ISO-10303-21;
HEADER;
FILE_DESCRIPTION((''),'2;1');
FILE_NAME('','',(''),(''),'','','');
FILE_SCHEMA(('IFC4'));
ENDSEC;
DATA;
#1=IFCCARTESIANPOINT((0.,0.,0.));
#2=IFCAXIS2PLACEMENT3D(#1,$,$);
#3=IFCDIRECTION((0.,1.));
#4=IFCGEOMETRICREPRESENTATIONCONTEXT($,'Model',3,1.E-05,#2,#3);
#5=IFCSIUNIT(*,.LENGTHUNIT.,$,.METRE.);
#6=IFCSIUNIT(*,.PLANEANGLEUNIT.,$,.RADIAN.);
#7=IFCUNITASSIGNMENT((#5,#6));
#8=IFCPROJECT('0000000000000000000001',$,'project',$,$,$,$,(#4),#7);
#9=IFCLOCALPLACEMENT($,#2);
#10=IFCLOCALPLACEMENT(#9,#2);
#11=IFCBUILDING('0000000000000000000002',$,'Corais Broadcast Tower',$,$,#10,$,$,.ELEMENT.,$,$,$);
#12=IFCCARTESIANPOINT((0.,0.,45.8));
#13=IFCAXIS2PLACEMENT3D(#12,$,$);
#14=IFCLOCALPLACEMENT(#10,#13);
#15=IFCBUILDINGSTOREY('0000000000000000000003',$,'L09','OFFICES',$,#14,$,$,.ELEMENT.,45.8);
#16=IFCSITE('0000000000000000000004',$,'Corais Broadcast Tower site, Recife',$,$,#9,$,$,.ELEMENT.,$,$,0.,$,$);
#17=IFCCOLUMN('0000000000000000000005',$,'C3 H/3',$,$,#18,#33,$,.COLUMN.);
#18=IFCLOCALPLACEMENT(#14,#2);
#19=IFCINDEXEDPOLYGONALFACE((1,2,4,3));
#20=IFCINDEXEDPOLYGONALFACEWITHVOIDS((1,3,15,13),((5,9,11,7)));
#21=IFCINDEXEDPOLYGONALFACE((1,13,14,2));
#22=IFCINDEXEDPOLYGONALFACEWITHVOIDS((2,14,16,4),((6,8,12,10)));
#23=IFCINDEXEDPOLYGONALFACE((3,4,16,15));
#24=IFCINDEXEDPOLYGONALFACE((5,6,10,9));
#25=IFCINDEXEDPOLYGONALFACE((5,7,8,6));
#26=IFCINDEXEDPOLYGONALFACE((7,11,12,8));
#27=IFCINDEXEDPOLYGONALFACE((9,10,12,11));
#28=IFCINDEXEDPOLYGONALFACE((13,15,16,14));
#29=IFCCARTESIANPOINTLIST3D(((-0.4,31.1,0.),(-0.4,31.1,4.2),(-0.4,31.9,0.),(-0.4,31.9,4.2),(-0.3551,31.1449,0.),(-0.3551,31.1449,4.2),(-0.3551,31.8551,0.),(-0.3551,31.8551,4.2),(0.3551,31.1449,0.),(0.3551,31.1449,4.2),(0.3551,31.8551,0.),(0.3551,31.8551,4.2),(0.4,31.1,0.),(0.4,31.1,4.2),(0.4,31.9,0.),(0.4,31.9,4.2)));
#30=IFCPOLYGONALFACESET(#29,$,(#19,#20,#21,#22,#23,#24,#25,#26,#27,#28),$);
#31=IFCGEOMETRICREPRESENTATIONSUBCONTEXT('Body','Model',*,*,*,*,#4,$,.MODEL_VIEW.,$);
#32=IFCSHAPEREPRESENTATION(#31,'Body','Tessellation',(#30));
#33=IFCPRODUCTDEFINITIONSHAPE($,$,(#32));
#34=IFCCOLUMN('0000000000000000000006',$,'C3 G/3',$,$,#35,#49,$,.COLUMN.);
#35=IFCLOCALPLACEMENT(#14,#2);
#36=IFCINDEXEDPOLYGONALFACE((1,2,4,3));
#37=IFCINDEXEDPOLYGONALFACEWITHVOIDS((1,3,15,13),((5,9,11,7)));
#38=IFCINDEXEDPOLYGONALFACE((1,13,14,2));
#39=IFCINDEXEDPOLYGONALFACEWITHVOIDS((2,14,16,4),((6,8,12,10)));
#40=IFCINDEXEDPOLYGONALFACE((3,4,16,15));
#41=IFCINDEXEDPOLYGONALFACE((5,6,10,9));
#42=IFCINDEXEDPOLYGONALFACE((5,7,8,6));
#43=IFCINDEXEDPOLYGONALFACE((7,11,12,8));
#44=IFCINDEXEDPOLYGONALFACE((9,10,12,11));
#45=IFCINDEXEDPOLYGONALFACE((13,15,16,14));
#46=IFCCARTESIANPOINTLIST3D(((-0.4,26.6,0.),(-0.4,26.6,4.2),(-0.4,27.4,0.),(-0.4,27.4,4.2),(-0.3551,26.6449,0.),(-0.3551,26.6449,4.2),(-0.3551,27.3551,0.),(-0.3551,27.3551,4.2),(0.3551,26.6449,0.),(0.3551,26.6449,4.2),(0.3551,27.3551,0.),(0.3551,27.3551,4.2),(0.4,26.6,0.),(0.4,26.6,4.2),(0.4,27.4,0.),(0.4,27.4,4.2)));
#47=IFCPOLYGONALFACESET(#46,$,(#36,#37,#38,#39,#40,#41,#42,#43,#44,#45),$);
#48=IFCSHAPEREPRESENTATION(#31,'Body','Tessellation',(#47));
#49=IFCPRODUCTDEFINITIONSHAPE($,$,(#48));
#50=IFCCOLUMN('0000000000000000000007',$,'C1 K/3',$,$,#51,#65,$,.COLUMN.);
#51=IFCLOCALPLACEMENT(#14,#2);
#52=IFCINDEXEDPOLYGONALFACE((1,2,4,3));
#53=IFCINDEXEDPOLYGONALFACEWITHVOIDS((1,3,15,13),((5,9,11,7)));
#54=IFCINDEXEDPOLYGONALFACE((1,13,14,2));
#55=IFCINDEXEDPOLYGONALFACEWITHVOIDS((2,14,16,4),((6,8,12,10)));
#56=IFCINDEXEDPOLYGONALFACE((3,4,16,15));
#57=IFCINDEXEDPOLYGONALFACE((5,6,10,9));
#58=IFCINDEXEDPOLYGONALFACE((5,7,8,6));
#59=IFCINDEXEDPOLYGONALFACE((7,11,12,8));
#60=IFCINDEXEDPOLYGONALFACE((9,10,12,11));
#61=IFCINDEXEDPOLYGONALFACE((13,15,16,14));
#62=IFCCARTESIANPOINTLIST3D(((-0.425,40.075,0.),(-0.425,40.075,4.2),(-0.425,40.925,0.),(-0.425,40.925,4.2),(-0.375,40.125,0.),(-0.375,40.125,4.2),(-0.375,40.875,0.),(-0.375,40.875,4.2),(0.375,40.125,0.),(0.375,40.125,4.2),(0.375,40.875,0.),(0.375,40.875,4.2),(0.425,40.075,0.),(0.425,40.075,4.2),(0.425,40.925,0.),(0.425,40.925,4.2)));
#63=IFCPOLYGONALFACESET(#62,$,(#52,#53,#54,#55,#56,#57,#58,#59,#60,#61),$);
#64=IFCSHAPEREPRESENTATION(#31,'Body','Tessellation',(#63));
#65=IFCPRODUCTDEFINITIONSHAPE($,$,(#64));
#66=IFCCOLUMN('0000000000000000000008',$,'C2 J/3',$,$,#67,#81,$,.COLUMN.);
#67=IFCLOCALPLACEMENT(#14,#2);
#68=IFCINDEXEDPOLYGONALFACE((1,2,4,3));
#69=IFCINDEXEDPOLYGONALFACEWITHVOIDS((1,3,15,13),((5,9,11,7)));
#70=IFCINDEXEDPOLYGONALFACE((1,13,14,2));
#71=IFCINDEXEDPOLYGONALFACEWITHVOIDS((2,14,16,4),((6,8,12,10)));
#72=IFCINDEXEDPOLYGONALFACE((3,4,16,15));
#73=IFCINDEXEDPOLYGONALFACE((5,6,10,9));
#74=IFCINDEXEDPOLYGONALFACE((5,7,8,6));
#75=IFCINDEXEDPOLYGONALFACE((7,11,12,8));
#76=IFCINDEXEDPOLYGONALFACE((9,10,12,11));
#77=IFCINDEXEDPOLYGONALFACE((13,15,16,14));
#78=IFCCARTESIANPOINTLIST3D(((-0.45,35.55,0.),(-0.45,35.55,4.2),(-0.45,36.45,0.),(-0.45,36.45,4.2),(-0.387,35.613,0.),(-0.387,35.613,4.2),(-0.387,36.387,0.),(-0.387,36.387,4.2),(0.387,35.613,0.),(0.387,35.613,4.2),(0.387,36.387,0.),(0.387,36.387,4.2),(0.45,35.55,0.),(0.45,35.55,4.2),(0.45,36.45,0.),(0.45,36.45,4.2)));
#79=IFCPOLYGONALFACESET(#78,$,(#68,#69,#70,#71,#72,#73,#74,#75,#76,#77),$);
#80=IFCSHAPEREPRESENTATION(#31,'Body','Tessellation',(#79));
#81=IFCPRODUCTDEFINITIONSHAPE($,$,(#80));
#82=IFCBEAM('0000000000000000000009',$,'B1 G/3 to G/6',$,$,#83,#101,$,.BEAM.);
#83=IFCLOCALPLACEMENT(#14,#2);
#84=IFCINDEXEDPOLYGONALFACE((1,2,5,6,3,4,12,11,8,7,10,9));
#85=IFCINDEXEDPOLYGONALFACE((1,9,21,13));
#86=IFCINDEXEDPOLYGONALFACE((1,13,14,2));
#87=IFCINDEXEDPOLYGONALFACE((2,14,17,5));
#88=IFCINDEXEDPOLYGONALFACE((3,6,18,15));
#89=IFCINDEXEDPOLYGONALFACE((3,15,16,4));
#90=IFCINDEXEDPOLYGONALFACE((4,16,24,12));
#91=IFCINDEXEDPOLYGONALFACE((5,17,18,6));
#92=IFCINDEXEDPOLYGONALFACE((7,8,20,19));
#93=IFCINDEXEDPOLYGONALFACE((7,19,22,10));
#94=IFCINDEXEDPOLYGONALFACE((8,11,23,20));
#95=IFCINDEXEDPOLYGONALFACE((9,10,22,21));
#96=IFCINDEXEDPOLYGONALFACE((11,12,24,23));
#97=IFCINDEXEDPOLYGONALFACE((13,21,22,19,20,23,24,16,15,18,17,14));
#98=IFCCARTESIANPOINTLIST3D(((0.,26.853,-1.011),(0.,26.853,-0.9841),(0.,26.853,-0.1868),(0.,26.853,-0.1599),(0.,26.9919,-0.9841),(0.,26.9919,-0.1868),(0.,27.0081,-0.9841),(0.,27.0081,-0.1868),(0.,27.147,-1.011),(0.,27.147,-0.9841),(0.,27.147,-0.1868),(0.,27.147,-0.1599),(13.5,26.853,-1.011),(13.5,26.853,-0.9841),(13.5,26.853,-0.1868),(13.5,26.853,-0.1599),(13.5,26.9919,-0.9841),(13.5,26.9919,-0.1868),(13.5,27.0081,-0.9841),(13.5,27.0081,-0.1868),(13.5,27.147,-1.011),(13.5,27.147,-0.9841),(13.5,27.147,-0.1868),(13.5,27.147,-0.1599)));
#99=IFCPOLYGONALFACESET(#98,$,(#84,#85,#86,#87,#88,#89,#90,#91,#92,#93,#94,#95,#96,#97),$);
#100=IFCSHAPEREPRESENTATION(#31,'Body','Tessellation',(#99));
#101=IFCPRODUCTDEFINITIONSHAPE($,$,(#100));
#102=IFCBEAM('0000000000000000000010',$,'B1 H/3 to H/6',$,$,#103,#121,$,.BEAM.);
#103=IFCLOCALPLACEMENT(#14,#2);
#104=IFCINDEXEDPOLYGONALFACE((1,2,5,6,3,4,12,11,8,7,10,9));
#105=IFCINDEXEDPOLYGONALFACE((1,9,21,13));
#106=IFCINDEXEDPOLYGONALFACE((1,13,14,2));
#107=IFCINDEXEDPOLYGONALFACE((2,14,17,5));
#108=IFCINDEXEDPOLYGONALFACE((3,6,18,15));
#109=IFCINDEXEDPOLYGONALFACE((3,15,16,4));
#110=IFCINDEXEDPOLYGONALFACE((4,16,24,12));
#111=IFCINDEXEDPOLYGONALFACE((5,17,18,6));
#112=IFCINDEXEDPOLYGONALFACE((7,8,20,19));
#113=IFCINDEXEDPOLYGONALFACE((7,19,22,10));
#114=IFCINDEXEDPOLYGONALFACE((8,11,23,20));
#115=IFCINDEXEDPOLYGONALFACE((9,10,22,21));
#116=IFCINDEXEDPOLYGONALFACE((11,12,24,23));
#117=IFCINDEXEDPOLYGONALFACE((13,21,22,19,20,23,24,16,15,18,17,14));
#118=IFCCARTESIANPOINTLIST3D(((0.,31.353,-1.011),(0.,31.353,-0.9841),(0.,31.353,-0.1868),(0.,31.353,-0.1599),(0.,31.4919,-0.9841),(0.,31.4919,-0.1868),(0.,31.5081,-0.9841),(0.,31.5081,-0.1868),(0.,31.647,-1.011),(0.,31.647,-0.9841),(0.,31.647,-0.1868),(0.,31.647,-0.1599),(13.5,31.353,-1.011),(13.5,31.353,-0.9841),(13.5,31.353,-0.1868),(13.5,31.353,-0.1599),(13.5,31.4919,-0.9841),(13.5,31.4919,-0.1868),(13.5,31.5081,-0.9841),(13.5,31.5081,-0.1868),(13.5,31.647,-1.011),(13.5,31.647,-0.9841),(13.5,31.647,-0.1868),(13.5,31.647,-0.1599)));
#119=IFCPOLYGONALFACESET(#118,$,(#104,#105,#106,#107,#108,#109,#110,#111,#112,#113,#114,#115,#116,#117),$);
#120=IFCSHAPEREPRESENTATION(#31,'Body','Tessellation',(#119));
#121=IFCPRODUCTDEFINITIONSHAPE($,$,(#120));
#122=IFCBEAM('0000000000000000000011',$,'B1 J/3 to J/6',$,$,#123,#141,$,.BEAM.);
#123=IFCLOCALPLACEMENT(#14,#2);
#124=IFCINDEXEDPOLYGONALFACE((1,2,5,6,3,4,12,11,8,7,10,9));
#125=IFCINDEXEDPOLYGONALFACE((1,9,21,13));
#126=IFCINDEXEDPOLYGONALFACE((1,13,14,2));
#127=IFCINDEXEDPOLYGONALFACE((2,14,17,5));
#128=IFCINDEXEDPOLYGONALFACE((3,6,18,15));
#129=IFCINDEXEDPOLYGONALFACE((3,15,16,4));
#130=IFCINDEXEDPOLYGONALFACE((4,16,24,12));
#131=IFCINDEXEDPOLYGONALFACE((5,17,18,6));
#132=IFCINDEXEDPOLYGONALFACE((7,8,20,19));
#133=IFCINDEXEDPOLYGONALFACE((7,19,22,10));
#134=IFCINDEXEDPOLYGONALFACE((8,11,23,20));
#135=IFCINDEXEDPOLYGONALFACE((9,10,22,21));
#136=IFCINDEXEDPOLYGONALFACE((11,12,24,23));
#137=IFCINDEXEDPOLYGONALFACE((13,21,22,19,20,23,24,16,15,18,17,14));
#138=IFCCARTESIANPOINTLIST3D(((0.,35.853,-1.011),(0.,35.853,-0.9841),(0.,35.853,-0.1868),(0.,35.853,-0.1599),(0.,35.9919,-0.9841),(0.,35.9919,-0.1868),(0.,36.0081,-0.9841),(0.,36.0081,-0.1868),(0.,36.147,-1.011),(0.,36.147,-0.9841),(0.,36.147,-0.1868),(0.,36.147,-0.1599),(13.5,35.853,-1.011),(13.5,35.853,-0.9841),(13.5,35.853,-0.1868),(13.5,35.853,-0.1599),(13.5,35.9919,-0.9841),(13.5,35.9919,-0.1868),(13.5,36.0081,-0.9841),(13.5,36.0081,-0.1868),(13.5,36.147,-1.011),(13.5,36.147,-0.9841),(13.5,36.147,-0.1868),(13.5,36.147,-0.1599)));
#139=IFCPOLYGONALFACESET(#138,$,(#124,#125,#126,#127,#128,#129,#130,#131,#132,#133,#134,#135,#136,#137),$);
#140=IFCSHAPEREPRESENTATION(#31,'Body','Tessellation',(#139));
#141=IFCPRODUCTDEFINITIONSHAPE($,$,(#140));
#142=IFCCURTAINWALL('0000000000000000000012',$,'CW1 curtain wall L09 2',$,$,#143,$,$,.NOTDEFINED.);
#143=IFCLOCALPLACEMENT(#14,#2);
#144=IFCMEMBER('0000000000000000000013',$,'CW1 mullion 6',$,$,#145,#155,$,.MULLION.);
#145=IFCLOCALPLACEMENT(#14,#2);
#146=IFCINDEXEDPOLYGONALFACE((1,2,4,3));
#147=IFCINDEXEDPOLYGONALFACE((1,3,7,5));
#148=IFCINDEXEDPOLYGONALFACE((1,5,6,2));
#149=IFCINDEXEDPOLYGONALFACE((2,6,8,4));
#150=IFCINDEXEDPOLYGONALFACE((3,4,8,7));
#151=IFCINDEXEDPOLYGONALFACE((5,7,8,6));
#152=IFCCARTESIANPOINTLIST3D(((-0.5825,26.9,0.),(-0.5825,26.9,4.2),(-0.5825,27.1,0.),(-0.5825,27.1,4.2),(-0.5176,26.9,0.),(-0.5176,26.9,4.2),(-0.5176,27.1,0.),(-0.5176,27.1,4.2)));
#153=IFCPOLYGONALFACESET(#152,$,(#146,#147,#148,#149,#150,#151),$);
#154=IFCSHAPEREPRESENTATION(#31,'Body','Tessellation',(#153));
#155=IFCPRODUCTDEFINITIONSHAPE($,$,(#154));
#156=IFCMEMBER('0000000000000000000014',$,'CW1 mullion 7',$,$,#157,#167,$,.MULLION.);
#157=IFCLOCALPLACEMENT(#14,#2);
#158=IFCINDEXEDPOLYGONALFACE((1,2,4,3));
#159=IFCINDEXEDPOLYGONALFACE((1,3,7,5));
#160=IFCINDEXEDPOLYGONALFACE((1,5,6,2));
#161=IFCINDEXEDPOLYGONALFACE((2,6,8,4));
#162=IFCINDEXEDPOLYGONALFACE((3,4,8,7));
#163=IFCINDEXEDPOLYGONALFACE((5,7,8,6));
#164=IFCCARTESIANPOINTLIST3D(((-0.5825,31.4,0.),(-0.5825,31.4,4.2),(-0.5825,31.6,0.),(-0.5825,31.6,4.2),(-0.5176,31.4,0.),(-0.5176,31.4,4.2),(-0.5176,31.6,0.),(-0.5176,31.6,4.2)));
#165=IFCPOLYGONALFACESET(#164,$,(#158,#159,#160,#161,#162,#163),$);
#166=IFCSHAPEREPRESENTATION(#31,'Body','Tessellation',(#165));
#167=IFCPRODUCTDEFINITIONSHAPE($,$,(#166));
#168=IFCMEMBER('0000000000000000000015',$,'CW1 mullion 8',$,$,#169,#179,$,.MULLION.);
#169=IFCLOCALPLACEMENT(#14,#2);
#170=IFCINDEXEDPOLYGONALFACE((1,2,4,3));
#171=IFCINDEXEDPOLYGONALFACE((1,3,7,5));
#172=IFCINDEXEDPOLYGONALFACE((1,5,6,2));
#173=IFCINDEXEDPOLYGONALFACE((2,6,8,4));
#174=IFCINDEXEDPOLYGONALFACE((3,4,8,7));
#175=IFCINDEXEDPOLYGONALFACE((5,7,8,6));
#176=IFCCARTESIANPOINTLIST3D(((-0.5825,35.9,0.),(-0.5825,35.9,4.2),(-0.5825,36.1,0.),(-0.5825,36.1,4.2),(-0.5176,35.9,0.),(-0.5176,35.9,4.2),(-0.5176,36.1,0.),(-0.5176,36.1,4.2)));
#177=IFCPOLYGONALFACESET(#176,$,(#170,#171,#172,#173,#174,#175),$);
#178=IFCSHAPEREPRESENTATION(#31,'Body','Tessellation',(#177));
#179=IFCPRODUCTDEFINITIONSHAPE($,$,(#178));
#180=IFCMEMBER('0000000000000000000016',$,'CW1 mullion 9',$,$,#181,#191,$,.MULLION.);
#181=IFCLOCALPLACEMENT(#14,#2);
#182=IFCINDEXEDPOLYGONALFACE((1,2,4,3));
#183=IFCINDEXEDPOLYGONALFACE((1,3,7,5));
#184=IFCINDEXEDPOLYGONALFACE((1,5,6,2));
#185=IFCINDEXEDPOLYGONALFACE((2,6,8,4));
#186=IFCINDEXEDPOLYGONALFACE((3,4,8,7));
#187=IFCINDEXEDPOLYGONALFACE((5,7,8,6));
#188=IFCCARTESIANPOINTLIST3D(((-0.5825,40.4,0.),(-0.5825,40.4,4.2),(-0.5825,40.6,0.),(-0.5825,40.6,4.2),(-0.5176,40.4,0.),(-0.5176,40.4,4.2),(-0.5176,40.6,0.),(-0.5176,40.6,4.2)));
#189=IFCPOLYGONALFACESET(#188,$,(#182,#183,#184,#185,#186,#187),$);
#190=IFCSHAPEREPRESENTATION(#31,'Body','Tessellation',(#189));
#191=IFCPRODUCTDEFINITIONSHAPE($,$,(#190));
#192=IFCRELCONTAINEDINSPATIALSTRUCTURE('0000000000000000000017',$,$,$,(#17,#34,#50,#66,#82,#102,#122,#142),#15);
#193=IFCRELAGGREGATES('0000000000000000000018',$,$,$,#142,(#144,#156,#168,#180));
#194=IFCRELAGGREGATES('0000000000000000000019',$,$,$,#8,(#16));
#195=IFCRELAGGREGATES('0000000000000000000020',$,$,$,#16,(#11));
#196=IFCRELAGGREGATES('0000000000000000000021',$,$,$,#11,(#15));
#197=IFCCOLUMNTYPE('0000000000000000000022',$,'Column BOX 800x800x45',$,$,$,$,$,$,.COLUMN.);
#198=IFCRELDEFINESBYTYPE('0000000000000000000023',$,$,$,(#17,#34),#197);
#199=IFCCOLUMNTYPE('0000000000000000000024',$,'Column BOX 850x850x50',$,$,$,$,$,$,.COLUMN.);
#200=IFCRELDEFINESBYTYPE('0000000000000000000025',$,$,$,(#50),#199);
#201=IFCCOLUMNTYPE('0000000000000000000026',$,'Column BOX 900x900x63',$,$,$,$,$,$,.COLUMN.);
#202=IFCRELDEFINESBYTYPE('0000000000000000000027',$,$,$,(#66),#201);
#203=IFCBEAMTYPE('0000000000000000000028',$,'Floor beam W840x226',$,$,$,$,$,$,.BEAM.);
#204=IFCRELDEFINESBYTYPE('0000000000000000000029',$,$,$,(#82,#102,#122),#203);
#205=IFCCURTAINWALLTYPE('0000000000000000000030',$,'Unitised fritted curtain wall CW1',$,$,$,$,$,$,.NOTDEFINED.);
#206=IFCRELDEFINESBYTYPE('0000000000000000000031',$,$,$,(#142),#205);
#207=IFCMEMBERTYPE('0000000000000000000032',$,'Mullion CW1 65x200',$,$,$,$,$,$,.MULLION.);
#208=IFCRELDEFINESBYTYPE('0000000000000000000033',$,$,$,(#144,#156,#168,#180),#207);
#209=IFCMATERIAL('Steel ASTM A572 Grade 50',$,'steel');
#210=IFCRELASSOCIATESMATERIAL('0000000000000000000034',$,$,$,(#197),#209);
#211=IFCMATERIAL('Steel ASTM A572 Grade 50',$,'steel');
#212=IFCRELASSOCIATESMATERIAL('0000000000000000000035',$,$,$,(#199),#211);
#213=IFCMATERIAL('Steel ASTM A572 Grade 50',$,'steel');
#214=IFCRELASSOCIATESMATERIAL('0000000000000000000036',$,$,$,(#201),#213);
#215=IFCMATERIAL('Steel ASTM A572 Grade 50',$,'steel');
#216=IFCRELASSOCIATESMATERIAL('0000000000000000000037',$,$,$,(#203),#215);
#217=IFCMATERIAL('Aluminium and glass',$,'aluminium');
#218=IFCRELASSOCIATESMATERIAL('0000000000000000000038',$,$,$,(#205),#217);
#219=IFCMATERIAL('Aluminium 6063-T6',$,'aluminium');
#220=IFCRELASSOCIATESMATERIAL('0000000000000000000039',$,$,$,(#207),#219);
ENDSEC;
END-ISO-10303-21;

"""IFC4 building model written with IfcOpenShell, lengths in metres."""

from ifc_helpers import new_model, si_unit, direction, frame, origin, origin_2d, place, context, subcontext, project, spatial, rectangle, hollow_rectangle, i_section, extrude, material, material_profile, profile_set, type_object, element, aggregate, save


model = new_model("IFC4")

# Units and contexts
model_context = context("Model", 3, precision=1e-05, world=origin(), true_north=direction((0.0, 1.0)))
body_context = subcontext(model_context, "Body", "Model", "MODEL_VIEW")
ifc_project = project(units=[si_unit("LENGTHUNIT", "METRE"), si_unit("PLANEANGLEUNIT", "RADIAN")], contexts=[model_context])

# Site, building, storey
site_placement = place(None, origin())
site = spatial("IfcSite", under=ifc_project, at=site_placement, Name="Corais Broadcast Tower site, Recife", CompositionType="ELEMENT", RefElevation=0.0)
building_placement = place(site_placement, origin())
building = spatial("IfcBuilding", under=site, at=building_placement, Name="Corais Broadcast Tower", CompositionType="ELEMENT")
storey_placement = place(building_placement, frame((0.0, 0.0, 45.8)))
storey = spatial("IfcBuildingStorey", under=building, at=storey_placement, Name="L09", Description="OFFICES", CompositionType="ELEMENT", Elevation=45.8)

# Columns
ifc_material_1 = material(Name="Steel ASTM A572 Grade 50", Category="steel")
ifc_material_profile_1 = material_profile(ifc_material_1, hollow_rectangle(XDim=0.8, YDim=0.8, WallThickness=0.0449, at=origin_2d()), Name="BOX 800x800x45")
ifc_profile_set_1 = profile_set([ifc_material_profile_1], Name="Steel ASTM A572 Grade 50")
column_type_1 = type_object("IfcColumnType", Name="Column BOX 800x800x45", PredefinedType="COLUMN", material=ifc_profile_set_1)
for number, where, z_axis, x_axis, name in (
    (1, (0.0, 31.5, 0.0), (0.0, 0.0, 1.0), (1.0, 0.0, 0.0), "C3 H/3"),
    (2, (0.0, 27.0, 0.0), (0.0, 0.0, 1.0), (1.0, 0.0, 0.0), "C3 G/3"),
):
    element("IfcColumn", number, at=place(storey_placement, frame(where, z_axis=z_axis, x_axis=x_axis)), inside=storey, type_object=column_type_1, Name=name, PredefinedType="COLUMN", context=body_context, shape_type="SweptSolid", body=[
        extrude(hollow_rectangle(XDim=0.8, YDim=0.8, WallThickness=0.0449, at=origin_2d()), origin(), (0.0, 0.0, 1.0), 4.2),
    ])
ifc_material_2 = material(Name="Steel ASTM A572 Grade 50", Category="steel")
ifc_material_profile_2 = material_profile(ifc_material_2, hollow_rectangle(XDim=0.8501, YDim=0.8501, WallThickness=0.05, at=origin_2d()), Name="BOX 850x850x50")
ifc_profile_set_2 = profile_set([ifc_material_profile_2], Name="Steel ASTM A572 Grade 50")
column_type_2 = type_object("IfcColumnType", Name="Column BOX 850x850x50", PredefinedType="COLUMN", material=ifc_profile_set_2)
column_1_placement = place(storey_placement, frame((0.0, 40.5, 0.0), z_axis=(0.0, 0.0, 1.0), x_axis=(1.0, 0.0, 0.0)))
element("IfcColumn", 3, at=column_1_placement, inside=storey, type_object=column_type_2, Name="C1 K/3", PredefinedType="COLUMN", context=body_context, shape_type="SweptSolid", body=[
    extrude(hollow_rectangle(XDim=0.8501, YDim=0.8501, WallThickness=0.05, at=origin_2d()), origin(), (0.0, 0.0, 1.0), 4.2),
])
ifc_material_3 = material(Name="Steel ASTM A572 Grade 50", Category="steel")
ifc_material_profile_3 = material_profile(ifc_material_3, hollow_rectangle(XDim=0.8999, YDim=0.8999, WallThickness=0.063, at=origin_2d()), Name="BOX 900x900x63")
ifc_profile_set_3 = profile_set([ifc_material_profile_3], Name="Steel ASTM A572 Grade 50")
column_type_3 = type_object("IfcColumnType", Name="Column BOX 900x900x63", PredefinedType="COLUMN", material=ifc_profile_set_3)
column_2_placement = place(storey_placement, frame((0.0, 36.0, 0.0), z_axis=(0.0, 0.0, 1.0), x_axis=(1.0, 0.0, 0.0)))
element("IfcColumn", 4, at=column_2_placement, inside=storey, type_object=column_type_3, Name="C2 J/3", PredefinedType="COLUMN", context=body_context, shape_type="SweptSolid", body=[
    extrude(hollow_rectangle(XDim=0.8999, YDim=0.8999, WallThickness=0.063, at=origin_2d()), origin(), (0.0, 0.0, 1.0), 4.2),
])

# Beams
ifc_material_4 = material(Name="Steel ASTM A572 Grade 50", Category="steel")
ifc_material_profile_4 = material_profile(ifc_material_4, i_section(OverallWidth=0.2939, OverallDepth=0.8511, WebThickness=0.0161, FlangeThickness=0.0269, at=origin_2d()), Name="W840x226")
ifc_profile_set_4 = profile_set([ifc_material_profile_4], Name="Steel ASTM A572 Grade 50")
beam_type_1 = type_object("IfcBeamType", Name="Floor beam W840x226", PredefinedType="BEAM", material=ifc_profile_set_4)
for number, where, z_axis, x_axis, name in (
    (5, (0.0, 27.0, -0.5854), (1.0, 0.0, 0.0), (0.0, 1.0, 0.0), "B1 G/3 to G/6"),
    (6, (0.0, 31.5, -0.5854), (1.0, 0.0, 0.0), (0.0, 1.0, 0.0), "B1 H/3 to H/6"),
    (7, (0.0, 36.0, -0.5854), (1.0, 0.0, 0.0), (0.0, 1.0, 0.0), "B1 J/3 to J/6"),
):
    element("IfcBeam", number, at=place(storey_placement, frame(where, z_axis=z_axis, x_axis=x_axis)), inside=storey, type_object=beam_type_1, Name=name, PredefinedType="BEAM", context=body_context, shape_type="SweptSolid", body=[
        extrude(i_section(OverallWidth=0.2939, OverallDepth=0.8511, WebThickness=0.0161, FlangeThickness=0.0269, at=origin_2d()), origin(), (0.0, 0.0, 1.0), 13.5),
    ])

# Curtain wall, members
ifc_material_5 = material(Name="Aluminium and glass", Category="aluminium")
curtain_wall_type = type_object("IfcCurtainWallType", Name="Unitised fritted curtain wall CW1", PredefinedType="NOTDEFINED", material=ifc_material_5)
curtain_wall_placement = place(storey_placement, origin())
curtain_wall = element("IfcCurtainWall", 8, at=curtain_wall_placement, inside=storey, type_object=curtain_wall_type, Name="CW1 curtain wall L09 2", PredefinedType="NOTDEFINED")
ifc_material_6 = material(Name="Aluminium 6063-T6", Category="aluminium")
ifc_material_profile_5 = material_profile(ifc_material_6, rectangle(XDim=0.0649, YDim=0.2, at=origin_2d()), Name="Mullion CW1 65x200")
ifc_profile_set_5 = profile_set([ifc_material_profile_5], Name="Aluminium 6063-T6")
member_type_1 = type_object("IfcMemberType", Name="Mullion CW1 65x200", PredefinedType="MULLION", material=ifc_profile_set_5)
member_1_placement = place(storey_placement, frame((-0.55, 27.0, 0.0), z_axis=(0.0, 0.0, 1.0), x_axis=(-1.0, 0.0, 0.0)))
member_1 = element("IfcMember", 9, at=member_1_placement, type_object=member_type_1, Name="CW1 mullion 6", PredefinedType="MULLION", context=body_context, shape_type="SweptSolid", body=[
    extrude(rectangle(XDim=0.0649, YDim=0.2, at=origin_2d()), origin(), (0.0, 0.0, 1.0), 4.2),
])
member_2_placement = place(storey_placement, frame((-0.55, 31.5, 0.0), z_axis=(0.0, 0.0, 1.0), x_axis=(-1.0, 0.0, 0.0)))
member_2 = element("IfcMember", 10, at=member_2_placement, type_object=member_type_1, Name="CW1 mullion 7", PredefinedType="MULLION", context=body_context, shape_type="SweptSolid", body=[
    extrude(rectangle(XDim=0.0649, YDim=0.2, at=origin_2d()), origin(), (0.0, 0.0, 1.0), 4.2),
])
member_3_placement = place(storey_placement, frame((-0.55, 36.0, 0.0), z_axis=(0.0, 0.0, 1.0), x_axis=(-1.0, 0.0, 0.0)))
member_3 = element("IfcMember", 11, at=member_3_placement, type_object=member_type_1, Name="CW1 mullion 8", PredefinedType="MULLION", context=body_context, shape_type="SweptSolid", body=[
    extrude(rectangle(XDim=0.0649, YDim=0.2, at=origin_2d()), origin(), (0.0, 0.0, 1.0), 4.2),
])
member_4_placement = place(storey_placement, frame((-0.55, 40.5, 0.0), z_axis=(0.0, 0.0, 1.0), x_axis=(-1.0, 0.0, 0.0)))
member_4 = element("IfcMember", 12, at=member_4_placement, type_object=member_type_1, Name="CW1 mullion 9", PredefinedType="MULLION", context=body_context, shape_type="SweptSolid", body=[
    extrude(rectangle(XDim=0.0649, YDim=0.2, at=origin_2d()), origin(), (0.0, 0.0, 1.0), 4.2),
])

aggregate(curtain_wall, [member_1, member_2, member_3, member_4])

save(model, "model.ifc")
